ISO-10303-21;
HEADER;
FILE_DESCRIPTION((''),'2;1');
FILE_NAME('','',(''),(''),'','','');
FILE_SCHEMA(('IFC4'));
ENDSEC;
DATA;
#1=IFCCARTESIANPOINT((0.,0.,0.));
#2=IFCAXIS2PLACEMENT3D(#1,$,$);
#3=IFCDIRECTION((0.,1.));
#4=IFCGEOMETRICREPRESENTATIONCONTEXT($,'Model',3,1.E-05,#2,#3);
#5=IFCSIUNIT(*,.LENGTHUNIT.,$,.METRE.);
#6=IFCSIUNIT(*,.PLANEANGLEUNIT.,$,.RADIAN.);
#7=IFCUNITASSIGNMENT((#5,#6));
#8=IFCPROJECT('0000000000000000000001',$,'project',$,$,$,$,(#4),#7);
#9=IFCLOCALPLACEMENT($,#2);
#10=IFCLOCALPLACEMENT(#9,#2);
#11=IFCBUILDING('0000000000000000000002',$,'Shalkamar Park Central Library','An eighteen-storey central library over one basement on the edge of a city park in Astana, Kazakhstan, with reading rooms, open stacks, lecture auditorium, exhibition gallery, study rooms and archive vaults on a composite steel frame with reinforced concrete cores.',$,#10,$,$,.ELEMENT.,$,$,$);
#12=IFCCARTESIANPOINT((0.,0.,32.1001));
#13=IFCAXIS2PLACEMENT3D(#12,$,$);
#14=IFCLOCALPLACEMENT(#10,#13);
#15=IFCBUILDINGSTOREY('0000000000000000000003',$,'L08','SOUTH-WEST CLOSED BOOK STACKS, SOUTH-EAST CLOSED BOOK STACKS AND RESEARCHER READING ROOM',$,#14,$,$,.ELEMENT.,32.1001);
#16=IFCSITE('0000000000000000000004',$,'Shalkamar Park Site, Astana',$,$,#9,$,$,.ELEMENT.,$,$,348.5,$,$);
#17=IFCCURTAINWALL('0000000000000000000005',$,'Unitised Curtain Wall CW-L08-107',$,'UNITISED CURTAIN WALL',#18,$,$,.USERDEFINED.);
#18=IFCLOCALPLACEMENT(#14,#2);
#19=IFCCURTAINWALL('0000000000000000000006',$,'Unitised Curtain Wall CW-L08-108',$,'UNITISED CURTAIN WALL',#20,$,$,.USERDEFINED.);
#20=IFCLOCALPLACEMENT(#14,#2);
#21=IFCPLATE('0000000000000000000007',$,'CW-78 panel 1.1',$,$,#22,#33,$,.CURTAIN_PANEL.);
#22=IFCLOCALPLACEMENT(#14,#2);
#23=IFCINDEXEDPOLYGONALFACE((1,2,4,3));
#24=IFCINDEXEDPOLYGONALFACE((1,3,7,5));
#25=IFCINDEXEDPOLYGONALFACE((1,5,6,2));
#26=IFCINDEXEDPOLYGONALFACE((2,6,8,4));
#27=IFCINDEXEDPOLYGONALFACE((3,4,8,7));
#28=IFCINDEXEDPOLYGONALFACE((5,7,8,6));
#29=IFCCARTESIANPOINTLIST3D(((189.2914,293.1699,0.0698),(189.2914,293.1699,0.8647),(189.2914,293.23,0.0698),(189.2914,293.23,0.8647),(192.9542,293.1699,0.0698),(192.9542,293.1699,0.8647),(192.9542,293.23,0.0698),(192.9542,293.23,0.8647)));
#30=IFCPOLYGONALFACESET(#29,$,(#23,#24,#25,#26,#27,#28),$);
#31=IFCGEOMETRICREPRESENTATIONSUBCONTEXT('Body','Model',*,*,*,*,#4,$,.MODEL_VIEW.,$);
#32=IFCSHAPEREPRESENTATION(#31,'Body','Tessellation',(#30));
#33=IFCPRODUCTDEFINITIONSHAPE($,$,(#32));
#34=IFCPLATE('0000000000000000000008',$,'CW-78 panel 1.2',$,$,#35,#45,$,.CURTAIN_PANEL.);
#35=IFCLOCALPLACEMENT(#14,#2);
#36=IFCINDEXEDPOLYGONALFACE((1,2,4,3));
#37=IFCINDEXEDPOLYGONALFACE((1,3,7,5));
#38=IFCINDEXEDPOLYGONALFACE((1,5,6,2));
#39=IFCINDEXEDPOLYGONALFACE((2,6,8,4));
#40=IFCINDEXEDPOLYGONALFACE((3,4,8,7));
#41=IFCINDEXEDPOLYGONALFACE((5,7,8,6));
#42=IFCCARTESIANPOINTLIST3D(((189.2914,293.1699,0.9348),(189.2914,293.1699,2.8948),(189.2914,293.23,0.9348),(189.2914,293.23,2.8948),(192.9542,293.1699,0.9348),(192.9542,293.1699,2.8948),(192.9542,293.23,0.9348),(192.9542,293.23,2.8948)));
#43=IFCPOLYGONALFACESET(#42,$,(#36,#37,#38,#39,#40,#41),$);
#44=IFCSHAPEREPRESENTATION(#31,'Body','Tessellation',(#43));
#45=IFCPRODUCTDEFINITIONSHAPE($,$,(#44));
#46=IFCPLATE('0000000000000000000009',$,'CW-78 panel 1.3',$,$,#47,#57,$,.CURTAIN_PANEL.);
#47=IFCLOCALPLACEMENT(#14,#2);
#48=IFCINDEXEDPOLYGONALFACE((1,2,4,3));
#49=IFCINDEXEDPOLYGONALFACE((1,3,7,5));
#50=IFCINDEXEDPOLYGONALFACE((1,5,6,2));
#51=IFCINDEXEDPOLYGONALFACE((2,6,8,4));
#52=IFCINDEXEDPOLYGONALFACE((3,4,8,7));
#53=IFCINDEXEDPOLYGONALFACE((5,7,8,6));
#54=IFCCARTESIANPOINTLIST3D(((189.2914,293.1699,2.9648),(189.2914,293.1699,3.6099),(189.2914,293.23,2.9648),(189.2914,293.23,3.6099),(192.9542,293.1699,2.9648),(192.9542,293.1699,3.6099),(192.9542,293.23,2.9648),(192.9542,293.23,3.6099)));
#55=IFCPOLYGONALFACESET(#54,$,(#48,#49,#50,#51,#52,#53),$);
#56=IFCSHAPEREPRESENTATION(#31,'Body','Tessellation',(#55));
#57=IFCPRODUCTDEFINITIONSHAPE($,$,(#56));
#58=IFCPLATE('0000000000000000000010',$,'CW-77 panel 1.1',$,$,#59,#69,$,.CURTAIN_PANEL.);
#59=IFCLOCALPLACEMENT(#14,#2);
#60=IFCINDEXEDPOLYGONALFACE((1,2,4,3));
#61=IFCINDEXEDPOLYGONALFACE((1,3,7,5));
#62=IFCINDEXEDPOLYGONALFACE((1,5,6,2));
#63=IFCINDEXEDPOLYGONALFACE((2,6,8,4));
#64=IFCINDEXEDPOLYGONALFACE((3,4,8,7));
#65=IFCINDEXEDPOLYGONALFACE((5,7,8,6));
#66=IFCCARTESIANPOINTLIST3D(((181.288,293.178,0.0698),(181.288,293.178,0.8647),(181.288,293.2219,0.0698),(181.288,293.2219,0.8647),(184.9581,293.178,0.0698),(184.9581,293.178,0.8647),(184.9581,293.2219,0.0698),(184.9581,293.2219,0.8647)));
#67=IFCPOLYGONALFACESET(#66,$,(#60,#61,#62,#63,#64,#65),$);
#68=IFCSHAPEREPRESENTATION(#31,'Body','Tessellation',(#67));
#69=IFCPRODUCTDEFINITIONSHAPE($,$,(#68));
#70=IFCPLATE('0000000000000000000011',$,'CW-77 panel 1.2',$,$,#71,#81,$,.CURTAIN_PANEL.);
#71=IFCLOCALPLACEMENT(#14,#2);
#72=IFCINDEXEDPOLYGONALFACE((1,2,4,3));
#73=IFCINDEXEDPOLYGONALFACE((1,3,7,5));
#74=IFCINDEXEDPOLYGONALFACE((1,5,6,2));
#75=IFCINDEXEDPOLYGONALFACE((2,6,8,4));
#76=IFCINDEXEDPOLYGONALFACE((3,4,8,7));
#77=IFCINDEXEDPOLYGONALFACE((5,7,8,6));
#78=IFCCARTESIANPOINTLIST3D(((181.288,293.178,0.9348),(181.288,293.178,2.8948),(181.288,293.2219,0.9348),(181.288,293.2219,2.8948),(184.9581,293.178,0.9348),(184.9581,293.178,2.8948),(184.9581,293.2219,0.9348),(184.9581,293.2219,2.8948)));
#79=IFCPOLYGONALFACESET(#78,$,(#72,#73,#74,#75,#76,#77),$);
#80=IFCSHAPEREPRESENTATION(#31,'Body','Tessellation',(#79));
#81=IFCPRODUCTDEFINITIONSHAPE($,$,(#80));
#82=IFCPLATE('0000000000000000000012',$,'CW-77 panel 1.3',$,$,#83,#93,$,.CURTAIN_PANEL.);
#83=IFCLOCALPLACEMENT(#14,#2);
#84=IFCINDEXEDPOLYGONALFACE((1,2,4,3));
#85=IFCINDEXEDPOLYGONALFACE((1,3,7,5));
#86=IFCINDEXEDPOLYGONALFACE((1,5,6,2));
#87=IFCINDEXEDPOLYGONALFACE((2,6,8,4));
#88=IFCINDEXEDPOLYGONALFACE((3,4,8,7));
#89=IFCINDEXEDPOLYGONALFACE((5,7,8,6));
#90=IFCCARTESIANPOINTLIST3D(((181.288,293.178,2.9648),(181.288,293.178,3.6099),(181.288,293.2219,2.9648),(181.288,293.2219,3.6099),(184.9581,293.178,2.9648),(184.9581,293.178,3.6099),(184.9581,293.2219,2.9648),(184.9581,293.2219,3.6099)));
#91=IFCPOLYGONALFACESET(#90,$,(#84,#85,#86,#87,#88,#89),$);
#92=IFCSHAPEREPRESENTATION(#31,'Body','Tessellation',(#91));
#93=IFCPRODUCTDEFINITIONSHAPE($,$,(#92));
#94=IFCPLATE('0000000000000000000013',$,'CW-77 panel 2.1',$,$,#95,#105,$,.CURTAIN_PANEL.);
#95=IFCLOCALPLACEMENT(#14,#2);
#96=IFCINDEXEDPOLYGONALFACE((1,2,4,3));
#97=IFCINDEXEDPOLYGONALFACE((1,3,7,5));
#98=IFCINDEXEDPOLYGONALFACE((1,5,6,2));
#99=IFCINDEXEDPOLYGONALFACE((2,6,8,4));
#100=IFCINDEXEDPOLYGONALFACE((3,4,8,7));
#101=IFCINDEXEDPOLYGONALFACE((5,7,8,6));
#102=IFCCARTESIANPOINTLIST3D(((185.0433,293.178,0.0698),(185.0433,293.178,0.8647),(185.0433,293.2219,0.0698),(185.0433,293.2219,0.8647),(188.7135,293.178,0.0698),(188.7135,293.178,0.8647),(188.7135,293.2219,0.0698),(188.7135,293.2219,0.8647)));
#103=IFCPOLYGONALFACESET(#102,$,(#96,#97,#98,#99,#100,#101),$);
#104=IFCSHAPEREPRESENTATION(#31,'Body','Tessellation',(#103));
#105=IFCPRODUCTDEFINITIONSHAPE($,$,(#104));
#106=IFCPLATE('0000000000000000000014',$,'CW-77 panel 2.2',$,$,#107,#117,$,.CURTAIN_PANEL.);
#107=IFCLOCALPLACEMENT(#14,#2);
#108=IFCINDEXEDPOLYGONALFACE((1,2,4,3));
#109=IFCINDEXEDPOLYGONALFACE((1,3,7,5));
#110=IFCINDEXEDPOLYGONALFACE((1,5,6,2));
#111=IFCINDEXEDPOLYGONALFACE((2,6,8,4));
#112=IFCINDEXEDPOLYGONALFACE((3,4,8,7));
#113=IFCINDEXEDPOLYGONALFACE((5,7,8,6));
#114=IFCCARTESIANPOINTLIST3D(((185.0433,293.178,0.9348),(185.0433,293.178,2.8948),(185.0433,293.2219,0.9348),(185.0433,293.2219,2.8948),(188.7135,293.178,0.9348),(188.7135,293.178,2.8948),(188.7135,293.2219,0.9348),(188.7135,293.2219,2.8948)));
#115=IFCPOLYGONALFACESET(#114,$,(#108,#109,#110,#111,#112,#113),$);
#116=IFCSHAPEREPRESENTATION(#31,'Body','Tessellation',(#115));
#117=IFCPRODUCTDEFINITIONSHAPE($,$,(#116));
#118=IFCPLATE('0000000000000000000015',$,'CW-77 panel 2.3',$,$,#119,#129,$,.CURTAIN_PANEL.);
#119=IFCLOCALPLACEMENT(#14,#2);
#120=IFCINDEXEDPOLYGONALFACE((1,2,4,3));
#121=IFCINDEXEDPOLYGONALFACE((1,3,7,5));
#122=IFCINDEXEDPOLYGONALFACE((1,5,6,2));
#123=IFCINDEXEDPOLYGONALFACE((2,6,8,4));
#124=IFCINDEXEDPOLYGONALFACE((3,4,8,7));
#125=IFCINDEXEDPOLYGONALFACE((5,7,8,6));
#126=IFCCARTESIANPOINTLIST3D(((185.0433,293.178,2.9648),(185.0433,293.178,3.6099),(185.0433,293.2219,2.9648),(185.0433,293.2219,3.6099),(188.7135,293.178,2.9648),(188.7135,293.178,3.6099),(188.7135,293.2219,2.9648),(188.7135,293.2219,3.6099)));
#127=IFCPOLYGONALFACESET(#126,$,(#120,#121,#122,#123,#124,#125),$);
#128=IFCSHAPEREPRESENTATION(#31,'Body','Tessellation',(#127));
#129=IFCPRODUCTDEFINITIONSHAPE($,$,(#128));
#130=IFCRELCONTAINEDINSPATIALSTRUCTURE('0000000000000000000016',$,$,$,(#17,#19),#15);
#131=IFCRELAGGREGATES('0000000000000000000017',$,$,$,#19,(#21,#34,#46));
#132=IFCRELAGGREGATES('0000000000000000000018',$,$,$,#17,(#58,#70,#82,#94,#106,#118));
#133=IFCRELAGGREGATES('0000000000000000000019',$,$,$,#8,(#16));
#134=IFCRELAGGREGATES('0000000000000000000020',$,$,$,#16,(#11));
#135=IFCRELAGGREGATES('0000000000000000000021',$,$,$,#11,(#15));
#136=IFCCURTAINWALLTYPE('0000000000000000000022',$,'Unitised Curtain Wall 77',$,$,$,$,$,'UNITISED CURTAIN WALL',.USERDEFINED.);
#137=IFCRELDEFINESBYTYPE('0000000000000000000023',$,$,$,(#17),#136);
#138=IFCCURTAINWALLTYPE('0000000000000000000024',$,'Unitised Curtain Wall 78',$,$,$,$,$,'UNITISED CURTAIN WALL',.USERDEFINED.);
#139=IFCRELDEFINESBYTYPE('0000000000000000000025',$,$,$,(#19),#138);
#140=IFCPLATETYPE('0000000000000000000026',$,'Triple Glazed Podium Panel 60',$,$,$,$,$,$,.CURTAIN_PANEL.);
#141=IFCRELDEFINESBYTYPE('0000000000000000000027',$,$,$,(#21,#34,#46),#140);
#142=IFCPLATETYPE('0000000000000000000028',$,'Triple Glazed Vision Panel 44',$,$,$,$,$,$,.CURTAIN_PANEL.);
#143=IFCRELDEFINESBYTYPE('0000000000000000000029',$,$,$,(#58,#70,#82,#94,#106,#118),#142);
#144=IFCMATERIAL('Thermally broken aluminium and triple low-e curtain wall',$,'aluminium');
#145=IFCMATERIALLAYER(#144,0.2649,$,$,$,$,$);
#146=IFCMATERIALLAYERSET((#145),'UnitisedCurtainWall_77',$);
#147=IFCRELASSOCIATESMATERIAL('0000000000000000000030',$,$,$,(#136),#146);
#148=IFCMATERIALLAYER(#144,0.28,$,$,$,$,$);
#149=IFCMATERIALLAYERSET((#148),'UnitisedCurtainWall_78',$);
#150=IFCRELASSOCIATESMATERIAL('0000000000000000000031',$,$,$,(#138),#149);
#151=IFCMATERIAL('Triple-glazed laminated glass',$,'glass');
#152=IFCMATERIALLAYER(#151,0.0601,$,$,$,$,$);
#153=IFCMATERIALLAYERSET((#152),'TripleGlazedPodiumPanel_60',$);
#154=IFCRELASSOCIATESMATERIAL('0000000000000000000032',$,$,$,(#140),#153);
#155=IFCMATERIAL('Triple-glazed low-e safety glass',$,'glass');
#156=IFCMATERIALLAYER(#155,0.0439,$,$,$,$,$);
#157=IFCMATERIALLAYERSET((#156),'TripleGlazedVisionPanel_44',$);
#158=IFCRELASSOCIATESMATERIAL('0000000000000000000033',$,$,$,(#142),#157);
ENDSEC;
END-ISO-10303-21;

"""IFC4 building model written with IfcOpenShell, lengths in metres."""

from ifc_helpers import new_model, si_unit, direction, frame, origin, origin_2d, place, context, subcontext, project, spatial, rectangle, extrude, material, layer, layer_set, type_object, element, aggregate, save


model = new_model("IFC4")

# Units and contexts
model_context = context("Model", 3, precision=1e-05, world=origin(), true_north=direction((0.0, 1.0)))
body_context = subcontext(model_context, "Body", "Model", "MODEL_VIEW")
ifc_project = project(units=[si_unit("LENGTHUNIT", "METRE"), si_unit("PLANEANGLEUNIT", "RADIAN")], contexts=[model_context])

# Site, building, storey
site_placement = place(None, origin())
site = spatial("IfcSite", under=ifc_project, at=site_placement, Name="Shalkamar Park Site, Astana", CompositionType="ELEMENT", RefElevation=348.5)
building_placement = place(site_placement, origin())
building = spatial("IfcBuilding", under=site, at=building_placement, Name="Shalkamar Park Central Library", Description="An eighteen-storey central library over one basement on the edge of a city park in Astana, Kazakhstan, with reading rooms, open stacks, lecture auditorium, exhibition gallery, study rooms and archive vaults on a composite steel frame with reinforced concrete cores.", CompositionType="ELEMENT")
storey_placement = place(building_placement, frame((0.0, 0.0, 32.1001)))
storey = spatial("IfcBuildingStorey", under=building, at=storey_placement, Name="L08", Description="SOUTH-WEST CLOSED BOOK STACKS, SOUTH-EAST CLOSED BOOK STACKS AND RESEARCHER READING ROOM", CompositionType="ELEMENT", Elevation=32.1001)

# Curtain walls
ifc_material_1 = material(Name="Thermally broken aluminium and triple low-e curtain wall", Category="aluminium")
ifc_layer_1 = layer(ifc_material_1, 0.2649)
ifc_layer_set_1 = layer_set([ifc_layer_1], Name="UnitisedCurtainWall_77")
curtain_wall_type_1 = type_object("IfcCurtainWallType", Name="Unitised Curtain Wall 77", ElementType="UNITISED CURTAIN WALL", PredefinedType="USERDEFINED", material=ifc_layer_set_1)
curtain_wall_1_placement = place(storey_placement, origin())
curtain_wall_1 = element("IfcCurtainWall", 1, at=curtain_wall_1_placement, inside=storey, type_object=curtain_wall_type_1, Name="Unitised Curtain Wall CW-L08-107", ObjectType="UNITISED CURTAIN WALL", PredefinedType="USERDEFINED")
ifc_layer_2 = layer(ifc_material_1, 0.28)
ifc_layer_set_2 = layer_set([ifc_layer_2], Name="UnitisedCurtainWall_78")
curtain_wall_type_2 = type_object("IfcCurtainWallType", Name="Unitised Curtain Wall 78", ElementType="UNITISED CURTAIN WALL", PredefinedType="USERDEFINED", material=ifc_layer_set_2)
curtain_wall_2_placement = place(storey_placement, origin())
curtain_wall_2 = element("IfcCurtainWall", 2, at=curtain_wall_2_placement, inside=storey, type_object=curtain_wall_type_2, Name="Unitised Curtain Wall CW-L08-108", ObjectType="UNITISED CURTAIN WALL", PredefinedType="USERDEFINED")

# Plates
ifc_material_2 = material(Name="Triple-glazed laminated glass", Category="glass")
ifc_layer_3 = layer(ifc_material_2, 0.0601)
ifc_layer_set_3 = layer_set([ifc_layer_3], Name="TripleGlazedPodiumPanel_60")
plate_type_1 = type_object("IfcPlateType", Name="Triple Glazed Podium Panel 60", PredefinedType="CURTAIN_PANEL", material=ifc_layer_set_3)
plate_1_placement = place(storey_placement, frame((191.1228, 293.2, 0.0698), z_axis=(0.0, 0.0, 1.0), x_axis=(1.0, 0.0, 0.0)))
plate_1 = element("IfcPlate", 3, at=plate_1_placement, type_object=plate_type_1, Name="CW-78 panel 1.1", PredefinedType="CURTAIN_PANEL", context=body_context, shape_type="SweptSolid", body=[
    extrude(rectangle(XDim=3.6628, YDim=0.0601, at=origin_2d()), origin(), (0.0, 0.0, 1.0), 0.7949),
])
plate_2_placement = place(storey_placement, frame((191.1228, 293.2, 0.9348), z_axis=(0.0, 0.0, 1.0), x_axis=(1.0, 0.0, 0.0)))
plate_2 = element("IfcPlate", 4, at=plate_2_placement, type_object=plate_type_1, Name="CW-78 panel 1.2", PredefinedType="CURTAIN_PANEL", context=body_context, shape_type="SweptSolid", body=[
    extrude(rectangle(XDim=3.6628, YDim=0.0601, at=origin_2d()), origin(), (0.0, 0.0, 1.0), 1.96),
])
plate_3_placement = place(storey_placement, frame((191.1228, 293.2, 2.9648), z_axis=(0.0, 0.0, 1.0), x_axis=(1.0, 0.0, 0.0)))
plate_3 = element("IfcPlate", 5, at=plate_3_placement, type_object=plate_type_1, Name="CW-78 panel 1.3", PredefinedType="CURTAIN_PANEL", context=body_context, shape_type="SweptSolid", body=[
    extrude(rectangle(XDim=3.6628, YDim=0.0601, at=origin_2d()), origin(), (0.0, 0.0, 1.0), 0.645),
])
aggregate(curtain_wall_2, [plate_1, plate_2, plate_3])
ifc_material_3 = material(Name="Triple-glazed low-e safety glass", Category="glass")
ifc_layer_4 = layer(ifc_material_3, 0.0439)
ifc_layer_set_4 = layer_set([ifc_layer_4], Name="TripleGlazedVisionPanel_44")
plate_type_2 = type_object("IfcPlateType", Name="Triple Glazed Vision Panel 44", PredefinedType="CURTAIN_PANEL", material=ifc_layer_set_4)
plate_4_placement = place(storey_placement, frame((183.123, 293.2, 0.0698), z_axis=(0.0, 0.0, 1.0), x_axis=(1.0, 0.0, 0.0)))
plate_4 = element("IfcPlate", 6, at=plate_4_placement, type_object=plate_type_2, Name="CW-77 panel 1.1", PredefinedType="CURTAIN_PANEL", context=body_context, shape_type="SweptSolid", body=[
    extrude(rectangle(XDim=3.6702, YDim=0.0439, at=origin_2d()), origin(), (0.0, 0.0, 1.0), 0.7949),
])
plate_5_placement = place(storey_placement, frame((183.123, 293.2, 0.9348), z_axis=(0.0, 0.0, 1.0), x_axis=(1.0, 0.0, 0.0)))
plate_5 = element("IfcPlate", 7, at=plate_5_placement, type_object=plate_type_2, Name="CW-77 panel 1.2", PredefinedType="CURTAIN_PANEL", context=body_context, shape_type="SweptSolid", body=[
    extrude(rectangle(XDim=3.6702, YDim=0.0439, at=origin_2d()), origin(), (0.0, 0.0, 1.0), 1.96),
])
plate_6_placement = place(storey_placement, frame((183.123, 293.2, 2.9648), z_axis=(0.0, 0.0, 1.0), x_axis=(1.0, 0.0, 0.0)))
plate_6 = element("IfcPlate", 8, at=plate_6_placement, type_object=plate_type_2, Name="CW-77 panel 1.3", PredefinedType="CURTAIN_PANEL", context=body_context, shape_type="SweptSolid", body=[
    extrude(rectangle(XDim=3.6702, YDim=0.0439, at=origin_2d()), origin(), (0.0, 0.0, 1.0), 0.645),
])
plate_7_placement = place(storey_placement, frame((186.8784, 293.2, 0.0698), z_axis=(0.0, 0.0, 1.0), x_axis=(1.0, 0.0, 0.0)))
plate_7 = element("IfcPlate", 9, at=plate_7_placement, type_object=plate_type_2, Name="CW-77 panel 2.1", PredefinedType="CURTAIN_PANEL", context=body_context, shape_type="SweptSolid", body=[
    extrude(rectangle(XDim=3.6702, YDim=0.0439, at=origin_2d()), origin(), (0.0, 0.0, 1.0), 0.7949),
])
plate_8_placement = place(storey_placement, frame((186.8784, 293.2, 0.9348), z_axis=(0.0, 0.0, 1.0), x_axis=(1.0, 0.0, 0.0)))
plate_8 = element("IfcPlate", 10, at=plate_8_placement, type_object=plate_type_2, Name="CW-77 panel 2.2", PredefinedType="CURTAIN_PANEL", context=body_context, shape_type="SweptSolid", body=[
    extrude(rectangle(XDim=3.6702, YDim=0.0439, at=origin_2d()), origin(), (0.0, 0.0, 1.0), 1.96),
])
plate_9_placement = place(storey_placement, frame((186.8784, 293.2, 2.9648), z_axis=(0.0, 0.0, 1.0), x_axis=(1.0, 0.0, 0.0)))
plate_9 = element("IfcPlate", 11, at=plate_9_placement, type_object=plate_type_2, Name="CW-77 panel 2.3", PredefinedType="CURTAIN_PANEL", context=body_context, shape_type="SweptSolid", body=[
    extrude(rectangle(XDim=3.6702, YDim=0.0439, at=origin_2d()), origin(), (0.0, 0.0, 1.0), 0.645),
])
aggregate(curtain_wall_1, [plate_4, plate_5, plate_6, plate_7, plate_8, plate_9])

save(model, "model.ifc")
